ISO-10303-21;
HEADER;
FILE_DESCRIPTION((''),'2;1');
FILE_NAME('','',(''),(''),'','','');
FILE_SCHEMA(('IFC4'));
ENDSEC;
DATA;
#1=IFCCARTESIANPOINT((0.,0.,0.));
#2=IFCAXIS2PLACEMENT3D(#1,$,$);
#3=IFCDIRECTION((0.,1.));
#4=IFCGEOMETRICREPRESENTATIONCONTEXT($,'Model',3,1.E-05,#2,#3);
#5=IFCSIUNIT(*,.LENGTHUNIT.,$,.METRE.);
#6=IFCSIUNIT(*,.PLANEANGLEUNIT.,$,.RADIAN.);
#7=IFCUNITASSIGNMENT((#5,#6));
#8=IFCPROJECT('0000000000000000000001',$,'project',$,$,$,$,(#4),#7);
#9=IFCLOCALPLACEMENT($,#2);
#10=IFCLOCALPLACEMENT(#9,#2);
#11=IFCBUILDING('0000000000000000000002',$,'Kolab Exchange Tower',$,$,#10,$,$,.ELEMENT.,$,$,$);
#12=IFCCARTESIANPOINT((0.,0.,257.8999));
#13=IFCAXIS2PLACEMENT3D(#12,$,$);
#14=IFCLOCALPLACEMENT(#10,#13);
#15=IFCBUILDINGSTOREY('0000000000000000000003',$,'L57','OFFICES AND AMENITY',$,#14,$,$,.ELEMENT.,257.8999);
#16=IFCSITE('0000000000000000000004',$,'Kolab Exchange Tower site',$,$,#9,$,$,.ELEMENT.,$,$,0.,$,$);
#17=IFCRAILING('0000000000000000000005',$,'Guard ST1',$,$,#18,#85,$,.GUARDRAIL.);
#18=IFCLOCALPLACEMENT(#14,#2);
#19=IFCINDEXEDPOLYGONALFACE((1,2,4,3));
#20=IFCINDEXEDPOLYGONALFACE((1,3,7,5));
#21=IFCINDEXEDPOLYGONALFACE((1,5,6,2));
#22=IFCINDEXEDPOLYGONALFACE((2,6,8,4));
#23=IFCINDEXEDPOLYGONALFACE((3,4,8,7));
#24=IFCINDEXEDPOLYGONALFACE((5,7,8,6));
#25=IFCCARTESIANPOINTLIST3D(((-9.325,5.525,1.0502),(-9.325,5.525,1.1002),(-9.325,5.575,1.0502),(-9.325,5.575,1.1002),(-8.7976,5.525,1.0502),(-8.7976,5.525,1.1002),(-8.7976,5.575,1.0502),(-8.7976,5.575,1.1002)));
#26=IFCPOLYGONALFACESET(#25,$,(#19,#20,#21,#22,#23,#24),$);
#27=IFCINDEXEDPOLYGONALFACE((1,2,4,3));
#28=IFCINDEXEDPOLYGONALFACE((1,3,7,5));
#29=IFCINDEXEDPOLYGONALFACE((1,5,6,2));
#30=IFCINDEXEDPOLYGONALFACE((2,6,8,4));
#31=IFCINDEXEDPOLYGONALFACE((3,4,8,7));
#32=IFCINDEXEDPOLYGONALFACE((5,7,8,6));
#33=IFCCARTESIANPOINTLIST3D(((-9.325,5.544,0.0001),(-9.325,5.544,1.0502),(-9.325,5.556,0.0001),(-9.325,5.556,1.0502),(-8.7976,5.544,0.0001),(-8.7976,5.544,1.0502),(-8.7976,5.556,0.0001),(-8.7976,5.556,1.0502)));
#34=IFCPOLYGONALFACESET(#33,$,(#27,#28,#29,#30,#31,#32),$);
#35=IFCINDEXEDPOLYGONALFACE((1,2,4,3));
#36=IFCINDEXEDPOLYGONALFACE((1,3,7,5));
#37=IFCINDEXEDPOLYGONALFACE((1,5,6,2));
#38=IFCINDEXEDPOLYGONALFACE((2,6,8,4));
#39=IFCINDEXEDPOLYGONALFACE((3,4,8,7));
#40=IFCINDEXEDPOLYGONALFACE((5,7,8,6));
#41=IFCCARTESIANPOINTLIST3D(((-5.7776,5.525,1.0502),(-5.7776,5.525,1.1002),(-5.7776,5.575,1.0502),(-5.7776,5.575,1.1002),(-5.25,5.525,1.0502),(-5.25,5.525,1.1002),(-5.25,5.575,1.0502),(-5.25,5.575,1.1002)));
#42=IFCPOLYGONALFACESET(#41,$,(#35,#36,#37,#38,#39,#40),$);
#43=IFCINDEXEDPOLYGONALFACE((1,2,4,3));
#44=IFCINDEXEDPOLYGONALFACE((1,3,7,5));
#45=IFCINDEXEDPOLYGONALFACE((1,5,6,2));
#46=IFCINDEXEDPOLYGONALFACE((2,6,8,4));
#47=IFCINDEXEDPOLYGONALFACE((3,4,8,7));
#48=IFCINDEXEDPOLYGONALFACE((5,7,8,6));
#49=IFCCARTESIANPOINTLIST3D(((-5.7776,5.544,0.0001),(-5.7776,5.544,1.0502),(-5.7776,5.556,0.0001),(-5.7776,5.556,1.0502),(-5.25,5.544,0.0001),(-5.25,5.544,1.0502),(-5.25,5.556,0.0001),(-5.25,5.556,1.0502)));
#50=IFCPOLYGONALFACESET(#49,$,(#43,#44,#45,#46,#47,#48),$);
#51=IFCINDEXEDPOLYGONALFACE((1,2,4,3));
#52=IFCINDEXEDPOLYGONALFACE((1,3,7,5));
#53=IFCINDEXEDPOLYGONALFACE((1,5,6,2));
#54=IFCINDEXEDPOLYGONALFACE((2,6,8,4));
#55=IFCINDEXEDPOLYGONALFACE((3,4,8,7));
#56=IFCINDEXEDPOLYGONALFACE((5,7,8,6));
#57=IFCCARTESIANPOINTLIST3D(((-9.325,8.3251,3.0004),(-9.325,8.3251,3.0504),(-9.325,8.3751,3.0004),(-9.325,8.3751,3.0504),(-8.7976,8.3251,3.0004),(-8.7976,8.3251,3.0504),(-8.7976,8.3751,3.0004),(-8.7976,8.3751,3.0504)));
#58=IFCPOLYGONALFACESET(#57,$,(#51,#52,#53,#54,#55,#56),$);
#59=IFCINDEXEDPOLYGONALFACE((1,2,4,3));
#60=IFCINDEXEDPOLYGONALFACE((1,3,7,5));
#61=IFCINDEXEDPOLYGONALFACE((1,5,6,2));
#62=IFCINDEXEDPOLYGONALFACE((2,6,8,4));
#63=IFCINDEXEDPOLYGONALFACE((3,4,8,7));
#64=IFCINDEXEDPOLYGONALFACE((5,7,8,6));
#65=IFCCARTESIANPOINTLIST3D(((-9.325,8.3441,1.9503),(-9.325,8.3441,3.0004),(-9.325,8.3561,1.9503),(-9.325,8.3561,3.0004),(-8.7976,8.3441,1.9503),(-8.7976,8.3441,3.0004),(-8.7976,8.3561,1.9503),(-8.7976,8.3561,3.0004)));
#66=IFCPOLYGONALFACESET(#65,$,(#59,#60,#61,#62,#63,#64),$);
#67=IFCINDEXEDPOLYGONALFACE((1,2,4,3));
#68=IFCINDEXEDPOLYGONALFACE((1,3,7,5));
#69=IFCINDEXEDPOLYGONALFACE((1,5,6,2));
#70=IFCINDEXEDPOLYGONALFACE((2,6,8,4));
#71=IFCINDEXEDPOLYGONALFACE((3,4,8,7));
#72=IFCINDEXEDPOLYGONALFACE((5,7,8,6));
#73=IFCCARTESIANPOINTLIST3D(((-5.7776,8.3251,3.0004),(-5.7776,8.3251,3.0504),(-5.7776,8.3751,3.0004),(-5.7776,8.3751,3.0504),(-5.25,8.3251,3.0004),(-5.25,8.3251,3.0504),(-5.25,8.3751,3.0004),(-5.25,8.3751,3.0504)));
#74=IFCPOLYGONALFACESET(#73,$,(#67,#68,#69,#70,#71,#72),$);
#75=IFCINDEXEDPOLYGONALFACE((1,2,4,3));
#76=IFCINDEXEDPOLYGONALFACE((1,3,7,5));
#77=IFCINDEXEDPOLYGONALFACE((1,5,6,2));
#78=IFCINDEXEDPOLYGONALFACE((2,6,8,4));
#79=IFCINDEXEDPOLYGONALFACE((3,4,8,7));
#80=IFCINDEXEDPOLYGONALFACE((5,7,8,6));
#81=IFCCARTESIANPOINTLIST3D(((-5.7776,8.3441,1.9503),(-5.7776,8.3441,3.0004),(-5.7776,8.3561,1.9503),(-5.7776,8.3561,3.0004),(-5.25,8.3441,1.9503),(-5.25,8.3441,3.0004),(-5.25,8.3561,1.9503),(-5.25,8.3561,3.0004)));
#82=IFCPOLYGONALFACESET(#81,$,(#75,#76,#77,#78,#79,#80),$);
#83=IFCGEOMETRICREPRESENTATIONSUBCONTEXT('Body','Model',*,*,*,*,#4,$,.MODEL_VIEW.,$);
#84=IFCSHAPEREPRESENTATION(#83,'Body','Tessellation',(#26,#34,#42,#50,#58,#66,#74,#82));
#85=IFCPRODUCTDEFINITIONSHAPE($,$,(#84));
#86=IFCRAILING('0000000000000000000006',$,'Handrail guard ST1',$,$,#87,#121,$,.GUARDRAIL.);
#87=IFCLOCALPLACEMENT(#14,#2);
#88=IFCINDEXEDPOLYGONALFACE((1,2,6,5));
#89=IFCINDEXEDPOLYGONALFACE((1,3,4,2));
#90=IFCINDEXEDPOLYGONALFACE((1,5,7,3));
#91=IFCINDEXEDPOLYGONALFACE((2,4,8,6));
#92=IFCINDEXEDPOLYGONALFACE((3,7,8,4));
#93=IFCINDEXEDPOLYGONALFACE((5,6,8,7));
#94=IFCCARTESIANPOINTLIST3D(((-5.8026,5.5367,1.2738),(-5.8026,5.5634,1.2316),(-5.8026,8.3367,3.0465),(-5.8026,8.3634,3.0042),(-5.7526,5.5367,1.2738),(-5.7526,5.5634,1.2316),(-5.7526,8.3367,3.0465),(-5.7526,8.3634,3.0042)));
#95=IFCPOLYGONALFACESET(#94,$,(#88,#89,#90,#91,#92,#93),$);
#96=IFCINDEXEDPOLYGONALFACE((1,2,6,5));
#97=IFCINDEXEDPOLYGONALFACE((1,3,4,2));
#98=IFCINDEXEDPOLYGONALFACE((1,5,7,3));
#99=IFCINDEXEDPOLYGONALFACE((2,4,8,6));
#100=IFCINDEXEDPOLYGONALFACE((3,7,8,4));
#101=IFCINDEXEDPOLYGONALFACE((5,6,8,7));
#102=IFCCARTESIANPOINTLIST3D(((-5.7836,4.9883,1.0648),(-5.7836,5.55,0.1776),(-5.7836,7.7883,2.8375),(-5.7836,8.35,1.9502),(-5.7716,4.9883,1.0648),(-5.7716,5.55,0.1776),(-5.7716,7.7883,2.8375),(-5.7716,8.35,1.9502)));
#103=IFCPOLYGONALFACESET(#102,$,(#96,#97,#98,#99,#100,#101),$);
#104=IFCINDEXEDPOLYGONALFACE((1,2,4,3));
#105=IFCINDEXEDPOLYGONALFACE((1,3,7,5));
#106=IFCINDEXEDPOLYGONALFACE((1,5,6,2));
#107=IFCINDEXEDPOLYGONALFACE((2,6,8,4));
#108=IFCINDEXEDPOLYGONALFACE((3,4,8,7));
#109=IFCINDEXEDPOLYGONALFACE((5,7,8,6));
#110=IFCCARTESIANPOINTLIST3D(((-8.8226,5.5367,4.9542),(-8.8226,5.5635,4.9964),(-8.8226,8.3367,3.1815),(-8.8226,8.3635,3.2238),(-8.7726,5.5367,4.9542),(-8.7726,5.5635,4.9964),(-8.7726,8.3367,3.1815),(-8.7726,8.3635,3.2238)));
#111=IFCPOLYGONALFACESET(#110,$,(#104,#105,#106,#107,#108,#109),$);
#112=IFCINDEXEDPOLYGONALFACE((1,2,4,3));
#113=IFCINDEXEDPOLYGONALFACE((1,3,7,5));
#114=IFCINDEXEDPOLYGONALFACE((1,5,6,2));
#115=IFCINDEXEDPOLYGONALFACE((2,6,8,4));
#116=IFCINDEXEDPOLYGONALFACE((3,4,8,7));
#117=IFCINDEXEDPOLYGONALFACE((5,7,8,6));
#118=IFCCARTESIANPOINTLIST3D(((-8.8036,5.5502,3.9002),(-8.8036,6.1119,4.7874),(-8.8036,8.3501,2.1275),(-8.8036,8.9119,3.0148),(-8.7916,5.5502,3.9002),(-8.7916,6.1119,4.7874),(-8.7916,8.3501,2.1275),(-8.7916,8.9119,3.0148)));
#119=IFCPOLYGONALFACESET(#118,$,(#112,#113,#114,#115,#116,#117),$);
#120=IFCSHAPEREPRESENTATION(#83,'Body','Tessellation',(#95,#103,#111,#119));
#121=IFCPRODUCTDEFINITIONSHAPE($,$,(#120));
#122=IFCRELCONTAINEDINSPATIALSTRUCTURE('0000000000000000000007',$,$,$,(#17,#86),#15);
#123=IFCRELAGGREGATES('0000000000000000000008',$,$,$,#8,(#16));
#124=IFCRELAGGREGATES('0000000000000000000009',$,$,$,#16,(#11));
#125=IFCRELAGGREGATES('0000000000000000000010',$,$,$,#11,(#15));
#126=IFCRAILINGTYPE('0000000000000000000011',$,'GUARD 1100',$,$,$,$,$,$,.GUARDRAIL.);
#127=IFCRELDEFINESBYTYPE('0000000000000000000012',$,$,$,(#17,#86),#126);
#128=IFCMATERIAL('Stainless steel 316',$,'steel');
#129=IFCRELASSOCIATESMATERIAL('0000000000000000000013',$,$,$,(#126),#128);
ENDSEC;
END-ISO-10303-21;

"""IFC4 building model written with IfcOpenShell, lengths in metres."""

from ifc_helpers import new_model, si_unit, direction, frame, frame_2d, origin, origin_2d, place, context, subcontext, project, spatial, rectangle, extrude, material, type_object, element, save


model = new_model("IFC4")

# Units and contexts
model_context = context("Model", 3, precision=1e-05, world=origin(), true_north=direction((0.0, 1.0)))
body_context = subcontext(model_context, "Body", "Model", "MODEL_VIEW")
ifc_project = project(units=[si_unit("LENGTHUNIT", "METRE"), si_unit("PLANEANGLEUNIT", "RADIAN")], contexts=[model_context])

# Site, building, storey
site_placement = place(None, origin())
site = spatial("IfcSite", under=ifc_project, at=site_placement, Name="Kolab Exchange Tower site", CompositionType="ELEMENT", RefElevation=0.0)
building_placement = place(site_placement, origin())
building = spatial("IfcBuilding", under=site, at=building_placement, Name="Kolab Exchange Tower", CompositionType="ELEMENT")
storey_placement = place(building_placement, frame((0.0, 0.0, 257.8999)))
storey = spatial("IfcBuildingStorey", under=building, at=storey_placement, Name="L57", Description="OFFICES AND AMENITY", CompositionType="ELEMENT", Elevation=257.8999)

# Shared definitions
ifc_material_1 = material(Name="Stainless steel 316", Category="steel")

# Railings
railing_type = type_object("IfcRailingType", Name="GUARD 1100", PredefinedType="GUARDRAIL", material=ifc_material_1)
railing_1_placement = place(storey_placement, frame((-9.325, 5.55, 0.0)))
element("IfcRailing", 1, at=railing_1_placement, inside=storey, type_object=railing_type, Name="Guard ST1", PredefinedType="GUARDRAIL", context=body_context, shape_type="SweptSolid", body=[
    extrude(rectangle(XDim=0.05, YDim=0.05, at=origin_2d()), frame((0.0, 0.0, 1.0752), z_axis=(1.0, 0.0, 0.0), x_axis=(0.0, 1.0, 0.0)), (0.0, 0.0, 1.0), 0.5273),
    extrude(rectangle(XDim=0.012, YDim=1.0501, at=frame_2d((0.0, 0.5251))), frame((0.0, 0.0, 0.0), z_axis=(1.0, 0.0, 0.0), x_axis=(0.0, 1.0, 0.0)), (0.0, 0.0, 1.0), 0.5273),
    extrude(rectangle(XDim=0.05, YDim=0.05, at=origin_2d()), frame((3.5474, 0.0, 1.0752), z_axis=(1.0, 0.0, 0.0), x_axis=(0.0, 1.0, 0.0)), (0.0, 0.0, 1.0), 0.5276),
    extrude(rectangle(XDim=0.012, YDim=1.0501, at=frame_2d((0.0, 0.5251))), frame((3.5474, 0.0, 0.0), z_axis=(1.0, 0.0, 0.0), x_axis=(0.0, 1.0, 0.0)), (0.0, 0.0, 1.0), 0.5276),
    extrude(rectangle(XDim=0.05, YDim=0.05, at=origin_2d()), frame((0.0, 2.8, 3.0254), z_axis=(1.0, 0.0, 0.0), x_axis=(0.0, 1.0, 0.0)), (0.0, 0.0, 1.0), 0.5273),
    extrude(rectangle(XDim=0.012, YDim=1.0501, at=frame_2d((0.0, 0.5251))), frame((0.0, 2.8, 1.9502), z_axis=(1.0, 0.0, 0.0), x_axis=(0.0, 1.0, 0.0)), (0.0, 0.0, 1.0), 0.5273),
    extrude(rectangle(XDim=0.05, YDim=0.05, at=origin_2d()), frame((3.5474, 2.8, 3.0254), z_axis=(1.0, 0.0, 0.0), x_axis=(0.0, 1.0, 0.0)), (0.0, 0.0, 1.0), 0.5276),
    extrude(rectangle(XDim=0.012, YDim=1.0501, at=frame_2d((0.0, 0.5251))), frame((3.5474, 2.8, 1.9502), z_axis=(1.0, 0.0, 0.0), x_axis=(0.0, 1.0, 0.0)), (0.0, 0.0, 1.0), 0.5276),
])
railing_2_placement = place(storey_placement, frame((-5.7776, 5.55, 0.1775)))
element("IfcRailing", 2, at=railing_2_placement, inside=storey, type_object=railing_type, Name="Handrail guard ST1", PredefinedType="GUARDRAIL", context=body_context, shape_type="SweptSolid", body=[
    extrude(rectangle(XDim=0.05, YDim=0.05, at=origin_2d()), frame((0.0, 0.0, 1.0752), z_axis=(0.0, 0.844909, 0.53491), x_axis=(-1.0, 0.0, 0.0)), (0.0, 0.0, 1.0), 3.314),
    extrude(rectangle(XDim=0.012, YDim=1.0501, at=frame_2d((0.0, 0.5251))), frame((0.0, 0.0, 0.0), z_axis=(0.0, 0.844909, 0.53491), x_axis=(-1.0, 0.0, 0.0)), (0.0, 0.0, 1.0), 3.314),
    extrude(rectangle(XDim=0.05, YDim=0.05, at=origin_2d()), frame((-3.02, 2.8, 3.0251), z_axis=(0.0, -0.844909, 0.53491), x_axis=(1.0, 0.0, 0.0)), (0.0, 0.0, 1.0), 3.314),
    extrude(rectangle(XDim=0.012, YDim=1.0501, at=frame_2d((0.0, 0.5251))), frame((-3.02, 2.8, 1.95), z_axis=(0.0, -0.844909, 0.53491), x_axis=(1.0, 0.0, 0.0)), (0.0, 0.0, 1.0), 3.314),
])

save(model, "model.ifc")
